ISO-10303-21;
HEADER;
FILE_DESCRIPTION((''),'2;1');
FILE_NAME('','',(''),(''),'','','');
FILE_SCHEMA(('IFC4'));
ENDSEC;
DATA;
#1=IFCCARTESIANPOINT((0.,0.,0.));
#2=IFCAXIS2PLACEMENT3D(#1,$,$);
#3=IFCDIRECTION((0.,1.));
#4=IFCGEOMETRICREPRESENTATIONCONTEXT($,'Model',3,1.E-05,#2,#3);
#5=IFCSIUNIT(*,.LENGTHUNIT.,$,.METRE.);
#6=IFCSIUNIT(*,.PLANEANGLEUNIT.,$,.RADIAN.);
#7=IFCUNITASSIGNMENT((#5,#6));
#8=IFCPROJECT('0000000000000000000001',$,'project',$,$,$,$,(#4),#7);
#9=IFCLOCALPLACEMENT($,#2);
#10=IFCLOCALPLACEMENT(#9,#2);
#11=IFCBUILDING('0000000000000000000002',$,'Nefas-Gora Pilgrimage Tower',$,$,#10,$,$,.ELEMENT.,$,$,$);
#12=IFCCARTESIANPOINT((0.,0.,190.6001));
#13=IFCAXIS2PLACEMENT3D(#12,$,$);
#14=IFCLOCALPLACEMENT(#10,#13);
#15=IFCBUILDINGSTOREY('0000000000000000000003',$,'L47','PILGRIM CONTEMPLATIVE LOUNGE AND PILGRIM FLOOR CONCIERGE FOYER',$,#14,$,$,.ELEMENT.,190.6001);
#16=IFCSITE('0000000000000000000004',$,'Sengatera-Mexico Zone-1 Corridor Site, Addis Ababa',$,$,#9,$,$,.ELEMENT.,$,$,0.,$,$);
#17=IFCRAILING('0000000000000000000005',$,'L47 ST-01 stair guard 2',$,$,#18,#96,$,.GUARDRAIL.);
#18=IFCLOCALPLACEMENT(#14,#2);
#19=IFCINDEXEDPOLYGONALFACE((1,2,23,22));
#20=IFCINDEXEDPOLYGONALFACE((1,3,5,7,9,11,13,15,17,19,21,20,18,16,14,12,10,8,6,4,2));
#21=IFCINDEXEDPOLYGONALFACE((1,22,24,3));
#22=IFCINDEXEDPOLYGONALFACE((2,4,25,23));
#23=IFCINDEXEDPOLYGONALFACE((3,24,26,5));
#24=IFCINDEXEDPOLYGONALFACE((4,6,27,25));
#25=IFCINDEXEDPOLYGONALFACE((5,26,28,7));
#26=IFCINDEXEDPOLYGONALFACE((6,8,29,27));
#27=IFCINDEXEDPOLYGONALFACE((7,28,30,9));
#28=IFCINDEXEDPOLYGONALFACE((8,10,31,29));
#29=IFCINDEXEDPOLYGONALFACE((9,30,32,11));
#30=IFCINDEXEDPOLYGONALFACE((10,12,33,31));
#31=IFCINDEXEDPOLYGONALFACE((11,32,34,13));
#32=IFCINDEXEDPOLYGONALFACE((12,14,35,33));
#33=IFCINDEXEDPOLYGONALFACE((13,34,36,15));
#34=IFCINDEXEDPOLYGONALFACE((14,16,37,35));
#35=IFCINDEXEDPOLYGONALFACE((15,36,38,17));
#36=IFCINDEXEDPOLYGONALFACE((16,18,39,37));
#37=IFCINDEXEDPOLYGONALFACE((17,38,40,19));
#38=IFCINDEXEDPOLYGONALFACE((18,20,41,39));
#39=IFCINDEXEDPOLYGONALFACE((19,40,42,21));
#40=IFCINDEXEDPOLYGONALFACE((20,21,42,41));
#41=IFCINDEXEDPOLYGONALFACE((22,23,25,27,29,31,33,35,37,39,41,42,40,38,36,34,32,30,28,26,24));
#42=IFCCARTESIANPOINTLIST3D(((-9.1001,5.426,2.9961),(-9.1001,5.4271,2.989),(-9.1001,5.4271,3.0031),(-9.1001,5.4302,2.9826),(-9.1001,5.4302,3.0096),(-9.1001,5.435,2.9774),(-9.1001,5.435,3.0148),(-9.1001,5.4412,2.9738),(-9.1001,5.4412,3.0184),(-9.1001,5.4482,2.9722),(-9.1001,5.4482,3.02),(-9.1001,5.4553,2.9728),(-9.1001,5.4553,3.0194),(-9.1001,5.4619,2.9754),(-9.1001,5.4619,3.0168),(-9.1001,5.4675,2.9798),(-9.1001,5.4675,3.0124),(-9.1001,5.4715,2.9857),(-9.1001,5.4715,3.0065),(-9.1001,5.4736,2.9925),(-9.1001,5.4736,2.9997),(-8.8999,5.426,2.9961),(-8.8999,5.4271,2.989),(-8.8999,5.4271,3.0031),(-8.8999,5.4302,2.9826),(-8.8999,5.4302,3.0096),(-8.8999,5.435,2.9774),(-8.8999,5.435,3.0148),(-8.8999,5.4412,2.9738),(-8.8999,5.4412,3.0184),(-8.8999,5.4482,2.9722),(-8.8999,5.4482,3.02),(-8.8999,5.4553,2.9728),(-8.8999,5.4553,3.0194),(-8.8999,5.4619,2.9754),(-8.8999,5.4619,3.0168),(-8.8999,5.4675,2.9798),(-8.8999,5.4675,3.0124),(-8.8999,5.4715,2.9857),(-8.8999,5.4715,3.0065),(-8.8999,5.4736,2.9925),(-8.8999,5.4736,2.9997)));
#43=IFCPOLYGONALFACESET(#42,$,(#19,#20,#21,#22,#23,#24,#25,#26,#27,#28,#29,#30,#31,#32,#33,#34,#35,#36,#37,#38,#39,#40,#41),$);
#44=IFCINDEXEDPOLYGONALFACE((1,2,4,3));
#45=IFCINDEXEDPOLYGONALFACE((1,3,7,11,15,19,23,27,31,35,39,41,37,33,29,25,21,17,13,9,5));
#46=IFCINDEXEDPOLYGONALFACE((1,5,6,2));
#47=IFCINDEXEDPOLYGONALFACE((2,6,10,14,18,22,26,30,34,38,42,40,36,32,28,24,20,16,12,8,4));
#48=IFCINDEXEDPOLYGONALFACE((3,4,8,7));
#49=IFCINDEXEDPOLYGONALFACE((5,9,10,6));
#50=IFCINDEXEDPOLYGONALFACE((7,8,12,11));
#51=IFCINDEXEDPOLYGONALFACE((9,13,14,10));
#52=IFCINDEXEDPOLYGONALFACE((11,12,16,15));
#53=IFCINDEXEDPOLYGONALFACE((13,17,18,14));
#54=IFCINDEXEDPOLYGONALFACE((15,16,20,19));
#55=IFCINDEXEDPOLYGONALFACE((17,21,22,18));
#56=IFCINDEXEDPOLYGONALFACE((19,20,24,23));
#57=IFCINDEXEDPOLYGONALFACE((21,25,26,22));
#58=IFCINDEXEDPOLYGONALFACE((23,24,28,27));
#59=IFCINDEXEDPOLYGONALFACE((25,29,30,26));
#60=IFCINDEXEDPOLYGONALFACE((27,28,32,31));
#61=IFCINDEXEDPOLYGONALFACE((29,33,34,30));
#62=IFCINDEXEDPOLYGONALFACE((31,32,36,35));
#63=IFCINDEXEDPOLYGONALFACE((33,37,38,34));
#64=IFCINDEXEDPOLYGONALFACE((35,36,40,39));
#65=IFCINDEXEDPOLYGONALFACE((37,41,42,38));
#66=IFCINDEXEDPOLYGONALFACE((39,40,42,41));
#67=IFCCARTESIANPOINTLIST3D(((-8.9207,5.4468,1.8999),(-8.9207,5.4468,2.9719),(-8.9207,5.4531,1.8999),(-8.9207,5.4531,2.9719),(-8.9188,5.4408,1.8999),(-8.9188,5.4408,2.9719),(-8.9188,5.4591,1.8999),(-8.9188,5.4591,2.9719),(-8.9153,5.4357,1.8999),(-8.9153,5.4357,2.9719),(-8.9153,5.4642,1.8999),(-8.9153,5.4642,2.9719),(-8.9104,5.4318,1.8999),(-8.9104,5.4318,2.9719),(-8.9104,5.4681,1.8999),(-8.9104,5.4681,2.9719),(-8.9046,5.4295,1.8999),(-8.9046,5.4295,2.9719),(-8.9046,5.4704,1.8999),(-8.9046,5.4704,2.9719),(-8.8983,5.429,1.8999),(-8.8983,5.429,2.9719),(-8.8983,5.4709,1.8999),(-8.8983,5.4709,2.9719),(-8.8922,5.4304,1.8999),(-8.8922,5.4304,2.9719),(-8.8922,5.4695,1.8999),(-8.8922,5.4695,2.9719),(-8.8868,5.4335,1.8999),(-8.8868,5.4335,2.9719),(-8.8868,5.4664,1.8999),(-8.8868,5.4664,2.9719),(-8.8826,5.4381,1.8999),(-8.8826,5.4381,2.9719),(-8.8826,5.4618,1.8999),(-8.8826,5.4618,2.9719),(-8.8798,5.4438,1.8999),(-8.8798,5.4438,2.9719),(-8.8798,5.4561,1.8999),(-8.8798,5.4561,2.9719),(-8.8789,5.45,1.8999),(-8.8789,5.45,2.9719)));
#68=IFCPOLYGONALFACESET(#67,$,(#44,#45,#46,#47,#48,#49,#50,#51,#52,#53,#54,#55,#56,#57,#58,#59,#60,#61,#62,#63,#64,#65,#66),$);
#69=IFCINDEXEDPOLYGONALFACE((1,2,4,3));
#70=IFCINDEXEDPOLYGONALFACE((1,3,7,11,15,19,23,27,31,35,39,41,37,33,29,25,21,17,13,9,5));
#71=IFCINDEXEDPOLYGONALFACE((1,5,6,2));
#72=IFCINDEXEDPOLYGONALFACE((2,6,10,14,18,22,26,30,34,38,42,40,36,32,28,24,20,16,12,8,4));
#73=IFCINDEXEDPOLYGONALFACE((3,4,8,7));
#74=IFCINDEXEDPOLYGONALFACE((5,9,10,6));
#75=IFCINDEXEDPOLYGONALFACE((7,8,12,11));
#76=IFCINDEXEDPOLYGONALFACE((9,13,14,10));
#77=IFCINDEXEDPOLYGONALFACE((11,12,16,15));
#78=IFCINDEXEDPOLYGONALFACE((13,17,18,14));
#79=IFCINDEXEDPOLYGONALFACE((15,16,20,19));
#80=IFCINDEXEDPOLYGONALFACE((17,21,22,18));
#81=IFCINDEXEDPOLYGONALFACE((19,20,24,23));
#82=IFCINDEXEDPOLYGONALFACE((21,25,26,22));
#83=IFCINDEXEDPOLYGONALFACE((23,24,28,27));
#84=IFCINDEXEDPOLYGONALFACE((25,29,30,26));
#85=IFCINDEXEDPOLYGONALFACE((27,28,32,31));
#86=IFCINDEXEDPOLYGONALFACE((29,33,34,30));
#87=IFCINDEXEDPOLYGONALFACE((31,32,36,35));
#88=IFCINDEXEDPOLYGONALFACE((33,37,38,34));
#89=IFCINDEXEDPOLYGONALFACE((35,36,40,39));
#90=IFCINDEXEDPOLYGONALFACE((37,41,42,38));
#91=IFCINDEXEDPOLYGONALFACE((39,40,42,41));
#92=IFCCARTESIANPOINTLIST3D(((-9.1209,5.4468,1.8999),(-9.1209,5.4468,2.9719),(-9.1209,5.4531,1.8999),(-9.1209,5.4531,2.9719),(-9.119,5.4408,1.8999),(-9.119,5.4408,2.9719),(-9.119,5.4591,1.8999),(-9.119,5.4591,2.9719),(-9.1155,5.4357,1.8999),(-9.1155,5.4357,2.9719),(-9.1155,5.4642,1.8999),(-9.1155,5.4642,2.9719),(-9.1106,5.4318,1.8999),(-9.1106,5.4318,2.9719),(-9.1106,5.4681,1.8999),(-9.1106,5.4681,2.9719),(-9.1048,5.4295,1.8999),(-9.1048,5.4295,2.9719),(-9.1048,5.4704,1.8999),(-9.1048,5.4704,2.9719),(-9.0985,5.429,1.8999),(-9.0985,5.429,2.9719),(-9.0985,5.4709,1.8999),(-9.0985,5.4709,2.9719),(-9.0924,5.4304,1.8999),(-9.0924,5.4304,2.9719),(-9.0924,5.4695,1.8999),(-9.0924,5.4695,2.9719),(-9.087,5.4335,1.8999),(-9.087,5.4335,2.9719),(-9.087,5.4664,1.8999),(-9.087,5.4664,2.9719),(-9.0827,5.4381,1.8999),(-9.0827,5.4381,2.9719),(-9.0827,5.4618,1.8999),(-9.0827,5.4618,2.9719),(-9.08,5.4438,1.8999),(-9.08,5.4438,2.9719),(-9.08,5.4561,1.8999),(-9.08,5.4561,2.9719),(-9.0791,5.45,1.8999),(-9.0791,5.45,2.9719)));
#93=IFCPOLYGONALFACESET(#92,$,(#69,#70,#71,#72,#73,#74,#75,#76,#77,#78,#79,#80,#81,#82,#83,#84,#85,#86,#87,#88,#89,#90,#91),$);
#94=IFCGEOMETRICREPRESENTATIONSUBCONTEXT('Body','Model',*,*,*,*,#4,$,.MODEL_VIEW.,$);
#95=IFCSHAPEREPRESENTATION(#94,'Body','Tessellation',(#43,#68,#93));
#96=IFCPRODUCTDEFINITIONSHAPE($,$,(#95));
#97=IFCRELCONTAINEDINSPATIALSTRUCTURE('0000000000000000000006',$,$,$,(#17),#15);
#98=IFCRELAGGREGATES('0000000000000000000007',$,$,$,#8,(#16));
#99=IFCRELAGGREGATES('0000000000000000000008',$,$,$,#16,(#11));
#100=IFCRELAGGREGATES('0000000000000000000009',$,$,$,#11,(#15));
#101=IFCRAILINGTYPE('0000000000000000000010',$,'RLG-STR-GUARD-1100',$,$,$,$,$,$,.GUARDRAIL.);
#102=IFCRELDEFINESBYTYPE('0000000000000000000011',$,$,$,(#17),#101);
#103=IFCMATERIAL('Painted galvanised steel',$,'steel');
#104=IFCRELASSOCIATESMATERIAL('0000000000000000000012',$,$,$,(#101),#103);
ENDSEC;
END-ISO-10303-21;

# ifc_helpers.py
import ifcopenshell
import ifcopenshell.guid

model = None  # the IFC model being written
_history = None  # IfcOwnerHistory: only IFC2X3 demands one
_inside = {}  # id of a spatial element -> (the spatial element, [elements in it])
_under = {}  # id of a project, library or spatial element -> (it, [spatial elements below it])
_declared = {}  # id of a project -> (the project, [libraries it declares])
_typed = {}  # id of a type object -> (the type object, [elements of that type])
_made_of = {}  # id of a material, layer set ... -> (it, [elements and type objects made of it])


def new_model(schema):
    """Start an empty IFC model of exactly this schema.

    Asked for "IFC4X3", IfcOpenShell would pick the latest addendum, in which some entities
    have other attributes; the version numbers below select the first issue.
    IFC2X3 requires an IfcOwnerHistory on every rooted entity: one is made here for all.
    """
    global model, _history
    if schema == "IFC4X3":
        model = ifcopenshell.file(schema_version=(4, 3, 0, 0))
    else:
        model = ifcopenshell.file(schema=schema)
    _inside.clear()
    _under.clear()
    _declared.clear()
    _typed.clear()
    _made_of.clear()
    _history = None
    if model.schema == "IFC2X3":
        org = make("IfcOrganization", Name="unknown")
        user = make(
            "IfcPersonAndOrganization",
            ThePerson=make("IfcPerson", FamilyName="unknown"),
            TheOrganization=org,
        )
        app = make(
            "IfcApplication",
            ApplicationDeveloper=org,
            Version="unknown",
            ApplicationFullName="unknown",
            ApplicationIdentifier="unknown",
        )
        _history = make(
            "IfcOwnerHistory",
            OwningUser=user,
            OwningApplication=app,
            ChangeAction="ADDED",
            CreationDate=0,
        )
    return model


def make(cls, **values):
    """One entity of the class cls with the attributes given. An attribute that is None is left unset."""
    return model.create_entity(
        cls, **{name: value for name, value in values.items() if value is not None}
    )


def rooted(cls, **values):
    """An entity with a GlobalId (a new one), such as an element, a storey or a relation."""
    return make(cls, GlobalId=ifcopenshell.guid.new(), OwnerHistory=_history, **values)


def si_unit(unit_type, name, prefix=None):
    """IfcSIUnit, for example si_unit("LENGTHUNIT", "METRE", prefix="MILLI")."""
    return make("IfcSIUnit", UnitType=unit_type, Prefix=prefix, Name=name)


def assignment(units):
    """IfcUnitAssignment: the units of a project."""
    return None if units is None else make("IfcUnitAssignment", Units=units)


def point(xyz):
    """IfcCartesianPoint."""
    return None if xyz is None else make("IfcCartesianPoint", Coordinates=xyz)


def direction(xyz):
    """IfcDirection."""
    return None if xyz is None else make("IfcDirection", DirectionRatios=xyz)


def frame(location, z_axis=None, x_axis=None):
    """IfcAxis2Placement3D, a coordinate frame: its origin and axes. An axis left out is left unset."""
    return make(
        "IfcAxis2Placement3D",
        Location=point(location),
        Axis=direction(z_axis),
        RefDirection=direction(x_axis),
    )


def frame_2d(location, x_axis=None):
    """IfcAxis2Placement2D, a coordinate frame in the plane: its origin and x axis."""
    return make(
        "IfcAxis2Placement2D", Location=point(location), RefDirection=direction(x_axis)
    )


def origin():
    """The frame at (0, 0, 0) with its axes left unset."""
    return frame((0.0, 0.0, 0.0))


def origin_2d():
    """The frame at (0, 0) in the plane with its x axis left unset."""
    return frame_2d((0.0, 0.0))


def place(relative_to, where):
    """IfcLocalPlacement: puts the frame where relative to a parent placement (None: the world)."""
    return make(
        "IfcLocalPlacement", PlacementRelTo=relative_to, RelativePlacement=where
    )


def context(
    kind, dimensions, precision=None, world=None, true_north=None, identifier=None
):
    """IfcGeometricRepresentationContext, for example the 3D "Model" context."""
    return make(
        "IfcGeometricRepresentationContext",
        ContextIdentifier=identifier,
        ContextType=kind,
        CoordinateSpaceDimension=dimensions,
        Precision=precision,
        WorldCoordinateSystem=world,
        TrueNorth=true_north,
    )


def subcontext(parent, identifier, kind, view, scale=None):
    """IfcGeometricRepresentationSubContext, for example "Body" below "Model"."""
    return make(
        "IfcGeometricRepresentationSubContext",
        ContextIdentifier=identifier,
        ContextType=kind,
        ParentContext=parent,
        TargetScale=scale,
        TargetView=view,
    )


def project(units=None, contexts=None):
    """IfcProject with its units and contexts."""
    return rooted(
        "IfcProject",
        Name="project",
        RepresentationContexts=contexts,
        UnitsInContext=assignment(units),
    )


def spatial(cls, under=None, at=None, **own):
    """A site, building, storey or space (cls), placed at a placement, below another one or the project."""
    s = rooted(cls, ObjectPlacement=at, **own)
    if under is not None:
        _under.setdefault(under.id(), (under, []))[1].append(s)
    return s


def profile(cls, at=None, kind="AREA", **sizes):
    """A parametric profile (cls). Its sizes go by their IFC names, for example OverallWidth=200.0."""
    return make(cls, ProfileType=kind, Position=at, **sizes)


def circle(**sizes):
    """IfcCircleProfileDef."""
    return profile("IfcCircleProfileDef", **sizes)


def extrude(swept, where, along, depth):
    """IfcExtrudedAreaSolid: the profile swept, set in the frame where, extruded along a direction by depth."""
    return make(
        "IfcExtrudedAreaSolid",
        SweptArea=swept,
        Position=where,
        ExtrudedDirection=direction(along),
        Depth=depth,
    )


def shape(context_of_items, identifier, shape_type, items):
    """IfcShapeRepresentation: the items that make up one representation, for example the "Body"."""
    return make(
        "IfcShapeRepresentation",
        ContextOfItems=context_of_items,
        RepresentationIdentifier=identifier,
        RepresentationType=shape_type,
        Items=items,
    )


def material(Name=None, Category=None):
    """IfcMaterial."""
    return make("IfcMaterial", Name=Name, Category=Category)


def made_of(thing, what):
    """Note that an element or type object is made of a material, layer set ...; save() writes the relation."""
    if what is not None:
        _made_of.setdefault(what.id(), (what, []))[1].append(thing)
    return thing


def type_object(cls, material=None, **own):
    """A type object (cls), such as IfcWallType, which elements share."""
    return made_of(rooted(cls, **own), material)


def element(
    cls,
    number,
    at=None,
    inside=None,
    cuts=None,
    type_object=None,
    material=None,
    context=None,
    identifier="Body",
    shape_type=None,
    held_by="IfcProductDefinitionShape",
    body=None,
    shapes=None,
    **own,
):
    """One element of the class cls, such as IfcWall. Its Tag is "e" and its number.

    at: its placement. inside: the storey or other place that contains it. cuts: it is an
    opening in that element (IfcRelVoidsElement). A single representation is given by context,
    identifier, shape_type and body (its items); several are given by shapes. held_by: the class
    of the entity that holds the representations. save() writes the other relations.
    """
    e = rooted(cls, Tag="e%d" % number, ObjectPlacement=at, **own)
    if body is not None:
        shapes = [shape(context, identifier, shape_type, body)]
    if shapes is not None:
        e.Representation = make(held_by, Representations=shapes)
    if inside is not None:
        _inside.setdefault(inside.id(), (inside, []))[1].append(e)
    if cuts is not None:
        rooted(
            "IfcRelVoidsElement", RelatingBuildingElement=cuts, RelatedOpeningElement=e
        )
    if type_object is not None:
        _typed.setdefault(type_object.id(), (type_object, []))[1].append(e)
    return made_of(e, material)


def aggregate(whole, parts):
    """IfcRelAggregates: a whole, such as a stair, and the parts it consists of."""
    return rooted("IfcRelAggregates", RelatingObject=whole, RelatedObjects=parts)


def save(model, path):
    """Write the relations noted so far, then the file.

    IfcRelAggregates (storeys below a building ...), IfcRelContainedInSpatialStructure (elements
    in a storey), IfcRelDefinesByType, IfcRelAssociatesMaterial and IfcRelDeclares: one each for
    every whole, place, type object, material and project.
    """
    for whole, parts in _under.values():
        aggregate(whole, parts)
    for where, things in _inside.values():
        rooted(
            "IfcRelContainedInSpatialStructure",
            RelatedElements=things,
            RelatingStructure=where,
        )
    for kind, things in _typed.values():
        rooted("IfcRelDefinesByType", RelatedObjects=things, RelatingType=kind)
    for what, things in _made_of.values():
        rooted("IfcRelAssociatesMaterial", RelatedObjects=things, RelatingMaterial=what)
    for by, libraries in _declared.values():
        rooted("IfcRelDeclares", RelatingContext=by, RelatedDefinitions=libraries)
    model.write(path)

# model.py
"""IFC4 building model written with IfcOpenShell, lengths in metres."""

from ifc_helpers import new_model, si_unit, direction, frame, origin, origin_2d, place, context, subcontext, project, spatial, circle, extrude, material, type_object, element, save


model = new_model("IFC4")

# Units and contexts
model_context = context("Model", 3, precision=1e-05, world=origin(), true_north=direction((0.0, 1.0)))
body_context = subcontext(model_context, "Body", "Model", "MODEL_VIEW")
ifc_project = project(units=[si_unit("LENGTHUNIT", "METRE"), si_unit("PLANEANGLEUNIT", "RADIAN")], contexts=[model_context])

# Site, building, storey
site_placement = place(None, origin())
site = spatial("IfcSite", under=ifc_project, at=site_placement, Name="Sengatera-Mexico Zone-1 Corridor Site, Addis Ababa", CompositionType="ELEMENT", RefElevation=0.0)
building_placement = place(site_placement, origin())
building = spatial("IfcBuilding", under=site, at=building_placement, Name="Nefas-Gora Pilgrimage Tower", CompositionType="ELEMENT")
storey_placement = place(building_placement, frame((0.0, 0.0, 190.6001)))
storey = spatial("IfcBuildingStorey", under=building, at=storey_placement, Name="L47", Description="PILGRIM CONTEMPLATIVE LOUNGE AND PILGRIM FLOOR CONCIERGE FOYER", CompositionType="ELEMENT", Elevation=190.6001)

# Railing
ifc_material_1 = material(Name="Painted galvanised steel", Category="steel")
railing_type_1 = type_object("IfcRailingType", Name="RLG-STR-GUARD-1100", PredefinedType="GUARDRAIL", material=ifc_material_1)
railing_1_placement = place(storey_placement, frame((-8.8999, 5.45, 1.8999)))
element("IfcRailing", 1, at=railing_1_placement, inside=storey, type_object=railing_type_1, Name="L47 ST-01 stair guard 2", PredefinedType="GUARDRAIL", context=body_context, shape_type="SweptSolid", body=[
    extrude(circle(Radius=0.0239, at=origin_2d()), frame((0.0, 0.0, 1.0962), z_axis=(-1.0, 0.0, 0.0), x_axis=(0.0, -1.0, 0.0)), (0.0, 0.0, 1.0), 0.2002),
    extrude(circle(Radius=0.021, at=origin_2d()), origin(), (0.0, 0.0, 1.0), 1.072),
    extrude(circle(Radius=0.021, at=origin_2d()), frame((-0.2002, 0.0, 0.0)), (0.0, 0.0, 1.0), 1.072),
])

save(model, "model.ifc")
